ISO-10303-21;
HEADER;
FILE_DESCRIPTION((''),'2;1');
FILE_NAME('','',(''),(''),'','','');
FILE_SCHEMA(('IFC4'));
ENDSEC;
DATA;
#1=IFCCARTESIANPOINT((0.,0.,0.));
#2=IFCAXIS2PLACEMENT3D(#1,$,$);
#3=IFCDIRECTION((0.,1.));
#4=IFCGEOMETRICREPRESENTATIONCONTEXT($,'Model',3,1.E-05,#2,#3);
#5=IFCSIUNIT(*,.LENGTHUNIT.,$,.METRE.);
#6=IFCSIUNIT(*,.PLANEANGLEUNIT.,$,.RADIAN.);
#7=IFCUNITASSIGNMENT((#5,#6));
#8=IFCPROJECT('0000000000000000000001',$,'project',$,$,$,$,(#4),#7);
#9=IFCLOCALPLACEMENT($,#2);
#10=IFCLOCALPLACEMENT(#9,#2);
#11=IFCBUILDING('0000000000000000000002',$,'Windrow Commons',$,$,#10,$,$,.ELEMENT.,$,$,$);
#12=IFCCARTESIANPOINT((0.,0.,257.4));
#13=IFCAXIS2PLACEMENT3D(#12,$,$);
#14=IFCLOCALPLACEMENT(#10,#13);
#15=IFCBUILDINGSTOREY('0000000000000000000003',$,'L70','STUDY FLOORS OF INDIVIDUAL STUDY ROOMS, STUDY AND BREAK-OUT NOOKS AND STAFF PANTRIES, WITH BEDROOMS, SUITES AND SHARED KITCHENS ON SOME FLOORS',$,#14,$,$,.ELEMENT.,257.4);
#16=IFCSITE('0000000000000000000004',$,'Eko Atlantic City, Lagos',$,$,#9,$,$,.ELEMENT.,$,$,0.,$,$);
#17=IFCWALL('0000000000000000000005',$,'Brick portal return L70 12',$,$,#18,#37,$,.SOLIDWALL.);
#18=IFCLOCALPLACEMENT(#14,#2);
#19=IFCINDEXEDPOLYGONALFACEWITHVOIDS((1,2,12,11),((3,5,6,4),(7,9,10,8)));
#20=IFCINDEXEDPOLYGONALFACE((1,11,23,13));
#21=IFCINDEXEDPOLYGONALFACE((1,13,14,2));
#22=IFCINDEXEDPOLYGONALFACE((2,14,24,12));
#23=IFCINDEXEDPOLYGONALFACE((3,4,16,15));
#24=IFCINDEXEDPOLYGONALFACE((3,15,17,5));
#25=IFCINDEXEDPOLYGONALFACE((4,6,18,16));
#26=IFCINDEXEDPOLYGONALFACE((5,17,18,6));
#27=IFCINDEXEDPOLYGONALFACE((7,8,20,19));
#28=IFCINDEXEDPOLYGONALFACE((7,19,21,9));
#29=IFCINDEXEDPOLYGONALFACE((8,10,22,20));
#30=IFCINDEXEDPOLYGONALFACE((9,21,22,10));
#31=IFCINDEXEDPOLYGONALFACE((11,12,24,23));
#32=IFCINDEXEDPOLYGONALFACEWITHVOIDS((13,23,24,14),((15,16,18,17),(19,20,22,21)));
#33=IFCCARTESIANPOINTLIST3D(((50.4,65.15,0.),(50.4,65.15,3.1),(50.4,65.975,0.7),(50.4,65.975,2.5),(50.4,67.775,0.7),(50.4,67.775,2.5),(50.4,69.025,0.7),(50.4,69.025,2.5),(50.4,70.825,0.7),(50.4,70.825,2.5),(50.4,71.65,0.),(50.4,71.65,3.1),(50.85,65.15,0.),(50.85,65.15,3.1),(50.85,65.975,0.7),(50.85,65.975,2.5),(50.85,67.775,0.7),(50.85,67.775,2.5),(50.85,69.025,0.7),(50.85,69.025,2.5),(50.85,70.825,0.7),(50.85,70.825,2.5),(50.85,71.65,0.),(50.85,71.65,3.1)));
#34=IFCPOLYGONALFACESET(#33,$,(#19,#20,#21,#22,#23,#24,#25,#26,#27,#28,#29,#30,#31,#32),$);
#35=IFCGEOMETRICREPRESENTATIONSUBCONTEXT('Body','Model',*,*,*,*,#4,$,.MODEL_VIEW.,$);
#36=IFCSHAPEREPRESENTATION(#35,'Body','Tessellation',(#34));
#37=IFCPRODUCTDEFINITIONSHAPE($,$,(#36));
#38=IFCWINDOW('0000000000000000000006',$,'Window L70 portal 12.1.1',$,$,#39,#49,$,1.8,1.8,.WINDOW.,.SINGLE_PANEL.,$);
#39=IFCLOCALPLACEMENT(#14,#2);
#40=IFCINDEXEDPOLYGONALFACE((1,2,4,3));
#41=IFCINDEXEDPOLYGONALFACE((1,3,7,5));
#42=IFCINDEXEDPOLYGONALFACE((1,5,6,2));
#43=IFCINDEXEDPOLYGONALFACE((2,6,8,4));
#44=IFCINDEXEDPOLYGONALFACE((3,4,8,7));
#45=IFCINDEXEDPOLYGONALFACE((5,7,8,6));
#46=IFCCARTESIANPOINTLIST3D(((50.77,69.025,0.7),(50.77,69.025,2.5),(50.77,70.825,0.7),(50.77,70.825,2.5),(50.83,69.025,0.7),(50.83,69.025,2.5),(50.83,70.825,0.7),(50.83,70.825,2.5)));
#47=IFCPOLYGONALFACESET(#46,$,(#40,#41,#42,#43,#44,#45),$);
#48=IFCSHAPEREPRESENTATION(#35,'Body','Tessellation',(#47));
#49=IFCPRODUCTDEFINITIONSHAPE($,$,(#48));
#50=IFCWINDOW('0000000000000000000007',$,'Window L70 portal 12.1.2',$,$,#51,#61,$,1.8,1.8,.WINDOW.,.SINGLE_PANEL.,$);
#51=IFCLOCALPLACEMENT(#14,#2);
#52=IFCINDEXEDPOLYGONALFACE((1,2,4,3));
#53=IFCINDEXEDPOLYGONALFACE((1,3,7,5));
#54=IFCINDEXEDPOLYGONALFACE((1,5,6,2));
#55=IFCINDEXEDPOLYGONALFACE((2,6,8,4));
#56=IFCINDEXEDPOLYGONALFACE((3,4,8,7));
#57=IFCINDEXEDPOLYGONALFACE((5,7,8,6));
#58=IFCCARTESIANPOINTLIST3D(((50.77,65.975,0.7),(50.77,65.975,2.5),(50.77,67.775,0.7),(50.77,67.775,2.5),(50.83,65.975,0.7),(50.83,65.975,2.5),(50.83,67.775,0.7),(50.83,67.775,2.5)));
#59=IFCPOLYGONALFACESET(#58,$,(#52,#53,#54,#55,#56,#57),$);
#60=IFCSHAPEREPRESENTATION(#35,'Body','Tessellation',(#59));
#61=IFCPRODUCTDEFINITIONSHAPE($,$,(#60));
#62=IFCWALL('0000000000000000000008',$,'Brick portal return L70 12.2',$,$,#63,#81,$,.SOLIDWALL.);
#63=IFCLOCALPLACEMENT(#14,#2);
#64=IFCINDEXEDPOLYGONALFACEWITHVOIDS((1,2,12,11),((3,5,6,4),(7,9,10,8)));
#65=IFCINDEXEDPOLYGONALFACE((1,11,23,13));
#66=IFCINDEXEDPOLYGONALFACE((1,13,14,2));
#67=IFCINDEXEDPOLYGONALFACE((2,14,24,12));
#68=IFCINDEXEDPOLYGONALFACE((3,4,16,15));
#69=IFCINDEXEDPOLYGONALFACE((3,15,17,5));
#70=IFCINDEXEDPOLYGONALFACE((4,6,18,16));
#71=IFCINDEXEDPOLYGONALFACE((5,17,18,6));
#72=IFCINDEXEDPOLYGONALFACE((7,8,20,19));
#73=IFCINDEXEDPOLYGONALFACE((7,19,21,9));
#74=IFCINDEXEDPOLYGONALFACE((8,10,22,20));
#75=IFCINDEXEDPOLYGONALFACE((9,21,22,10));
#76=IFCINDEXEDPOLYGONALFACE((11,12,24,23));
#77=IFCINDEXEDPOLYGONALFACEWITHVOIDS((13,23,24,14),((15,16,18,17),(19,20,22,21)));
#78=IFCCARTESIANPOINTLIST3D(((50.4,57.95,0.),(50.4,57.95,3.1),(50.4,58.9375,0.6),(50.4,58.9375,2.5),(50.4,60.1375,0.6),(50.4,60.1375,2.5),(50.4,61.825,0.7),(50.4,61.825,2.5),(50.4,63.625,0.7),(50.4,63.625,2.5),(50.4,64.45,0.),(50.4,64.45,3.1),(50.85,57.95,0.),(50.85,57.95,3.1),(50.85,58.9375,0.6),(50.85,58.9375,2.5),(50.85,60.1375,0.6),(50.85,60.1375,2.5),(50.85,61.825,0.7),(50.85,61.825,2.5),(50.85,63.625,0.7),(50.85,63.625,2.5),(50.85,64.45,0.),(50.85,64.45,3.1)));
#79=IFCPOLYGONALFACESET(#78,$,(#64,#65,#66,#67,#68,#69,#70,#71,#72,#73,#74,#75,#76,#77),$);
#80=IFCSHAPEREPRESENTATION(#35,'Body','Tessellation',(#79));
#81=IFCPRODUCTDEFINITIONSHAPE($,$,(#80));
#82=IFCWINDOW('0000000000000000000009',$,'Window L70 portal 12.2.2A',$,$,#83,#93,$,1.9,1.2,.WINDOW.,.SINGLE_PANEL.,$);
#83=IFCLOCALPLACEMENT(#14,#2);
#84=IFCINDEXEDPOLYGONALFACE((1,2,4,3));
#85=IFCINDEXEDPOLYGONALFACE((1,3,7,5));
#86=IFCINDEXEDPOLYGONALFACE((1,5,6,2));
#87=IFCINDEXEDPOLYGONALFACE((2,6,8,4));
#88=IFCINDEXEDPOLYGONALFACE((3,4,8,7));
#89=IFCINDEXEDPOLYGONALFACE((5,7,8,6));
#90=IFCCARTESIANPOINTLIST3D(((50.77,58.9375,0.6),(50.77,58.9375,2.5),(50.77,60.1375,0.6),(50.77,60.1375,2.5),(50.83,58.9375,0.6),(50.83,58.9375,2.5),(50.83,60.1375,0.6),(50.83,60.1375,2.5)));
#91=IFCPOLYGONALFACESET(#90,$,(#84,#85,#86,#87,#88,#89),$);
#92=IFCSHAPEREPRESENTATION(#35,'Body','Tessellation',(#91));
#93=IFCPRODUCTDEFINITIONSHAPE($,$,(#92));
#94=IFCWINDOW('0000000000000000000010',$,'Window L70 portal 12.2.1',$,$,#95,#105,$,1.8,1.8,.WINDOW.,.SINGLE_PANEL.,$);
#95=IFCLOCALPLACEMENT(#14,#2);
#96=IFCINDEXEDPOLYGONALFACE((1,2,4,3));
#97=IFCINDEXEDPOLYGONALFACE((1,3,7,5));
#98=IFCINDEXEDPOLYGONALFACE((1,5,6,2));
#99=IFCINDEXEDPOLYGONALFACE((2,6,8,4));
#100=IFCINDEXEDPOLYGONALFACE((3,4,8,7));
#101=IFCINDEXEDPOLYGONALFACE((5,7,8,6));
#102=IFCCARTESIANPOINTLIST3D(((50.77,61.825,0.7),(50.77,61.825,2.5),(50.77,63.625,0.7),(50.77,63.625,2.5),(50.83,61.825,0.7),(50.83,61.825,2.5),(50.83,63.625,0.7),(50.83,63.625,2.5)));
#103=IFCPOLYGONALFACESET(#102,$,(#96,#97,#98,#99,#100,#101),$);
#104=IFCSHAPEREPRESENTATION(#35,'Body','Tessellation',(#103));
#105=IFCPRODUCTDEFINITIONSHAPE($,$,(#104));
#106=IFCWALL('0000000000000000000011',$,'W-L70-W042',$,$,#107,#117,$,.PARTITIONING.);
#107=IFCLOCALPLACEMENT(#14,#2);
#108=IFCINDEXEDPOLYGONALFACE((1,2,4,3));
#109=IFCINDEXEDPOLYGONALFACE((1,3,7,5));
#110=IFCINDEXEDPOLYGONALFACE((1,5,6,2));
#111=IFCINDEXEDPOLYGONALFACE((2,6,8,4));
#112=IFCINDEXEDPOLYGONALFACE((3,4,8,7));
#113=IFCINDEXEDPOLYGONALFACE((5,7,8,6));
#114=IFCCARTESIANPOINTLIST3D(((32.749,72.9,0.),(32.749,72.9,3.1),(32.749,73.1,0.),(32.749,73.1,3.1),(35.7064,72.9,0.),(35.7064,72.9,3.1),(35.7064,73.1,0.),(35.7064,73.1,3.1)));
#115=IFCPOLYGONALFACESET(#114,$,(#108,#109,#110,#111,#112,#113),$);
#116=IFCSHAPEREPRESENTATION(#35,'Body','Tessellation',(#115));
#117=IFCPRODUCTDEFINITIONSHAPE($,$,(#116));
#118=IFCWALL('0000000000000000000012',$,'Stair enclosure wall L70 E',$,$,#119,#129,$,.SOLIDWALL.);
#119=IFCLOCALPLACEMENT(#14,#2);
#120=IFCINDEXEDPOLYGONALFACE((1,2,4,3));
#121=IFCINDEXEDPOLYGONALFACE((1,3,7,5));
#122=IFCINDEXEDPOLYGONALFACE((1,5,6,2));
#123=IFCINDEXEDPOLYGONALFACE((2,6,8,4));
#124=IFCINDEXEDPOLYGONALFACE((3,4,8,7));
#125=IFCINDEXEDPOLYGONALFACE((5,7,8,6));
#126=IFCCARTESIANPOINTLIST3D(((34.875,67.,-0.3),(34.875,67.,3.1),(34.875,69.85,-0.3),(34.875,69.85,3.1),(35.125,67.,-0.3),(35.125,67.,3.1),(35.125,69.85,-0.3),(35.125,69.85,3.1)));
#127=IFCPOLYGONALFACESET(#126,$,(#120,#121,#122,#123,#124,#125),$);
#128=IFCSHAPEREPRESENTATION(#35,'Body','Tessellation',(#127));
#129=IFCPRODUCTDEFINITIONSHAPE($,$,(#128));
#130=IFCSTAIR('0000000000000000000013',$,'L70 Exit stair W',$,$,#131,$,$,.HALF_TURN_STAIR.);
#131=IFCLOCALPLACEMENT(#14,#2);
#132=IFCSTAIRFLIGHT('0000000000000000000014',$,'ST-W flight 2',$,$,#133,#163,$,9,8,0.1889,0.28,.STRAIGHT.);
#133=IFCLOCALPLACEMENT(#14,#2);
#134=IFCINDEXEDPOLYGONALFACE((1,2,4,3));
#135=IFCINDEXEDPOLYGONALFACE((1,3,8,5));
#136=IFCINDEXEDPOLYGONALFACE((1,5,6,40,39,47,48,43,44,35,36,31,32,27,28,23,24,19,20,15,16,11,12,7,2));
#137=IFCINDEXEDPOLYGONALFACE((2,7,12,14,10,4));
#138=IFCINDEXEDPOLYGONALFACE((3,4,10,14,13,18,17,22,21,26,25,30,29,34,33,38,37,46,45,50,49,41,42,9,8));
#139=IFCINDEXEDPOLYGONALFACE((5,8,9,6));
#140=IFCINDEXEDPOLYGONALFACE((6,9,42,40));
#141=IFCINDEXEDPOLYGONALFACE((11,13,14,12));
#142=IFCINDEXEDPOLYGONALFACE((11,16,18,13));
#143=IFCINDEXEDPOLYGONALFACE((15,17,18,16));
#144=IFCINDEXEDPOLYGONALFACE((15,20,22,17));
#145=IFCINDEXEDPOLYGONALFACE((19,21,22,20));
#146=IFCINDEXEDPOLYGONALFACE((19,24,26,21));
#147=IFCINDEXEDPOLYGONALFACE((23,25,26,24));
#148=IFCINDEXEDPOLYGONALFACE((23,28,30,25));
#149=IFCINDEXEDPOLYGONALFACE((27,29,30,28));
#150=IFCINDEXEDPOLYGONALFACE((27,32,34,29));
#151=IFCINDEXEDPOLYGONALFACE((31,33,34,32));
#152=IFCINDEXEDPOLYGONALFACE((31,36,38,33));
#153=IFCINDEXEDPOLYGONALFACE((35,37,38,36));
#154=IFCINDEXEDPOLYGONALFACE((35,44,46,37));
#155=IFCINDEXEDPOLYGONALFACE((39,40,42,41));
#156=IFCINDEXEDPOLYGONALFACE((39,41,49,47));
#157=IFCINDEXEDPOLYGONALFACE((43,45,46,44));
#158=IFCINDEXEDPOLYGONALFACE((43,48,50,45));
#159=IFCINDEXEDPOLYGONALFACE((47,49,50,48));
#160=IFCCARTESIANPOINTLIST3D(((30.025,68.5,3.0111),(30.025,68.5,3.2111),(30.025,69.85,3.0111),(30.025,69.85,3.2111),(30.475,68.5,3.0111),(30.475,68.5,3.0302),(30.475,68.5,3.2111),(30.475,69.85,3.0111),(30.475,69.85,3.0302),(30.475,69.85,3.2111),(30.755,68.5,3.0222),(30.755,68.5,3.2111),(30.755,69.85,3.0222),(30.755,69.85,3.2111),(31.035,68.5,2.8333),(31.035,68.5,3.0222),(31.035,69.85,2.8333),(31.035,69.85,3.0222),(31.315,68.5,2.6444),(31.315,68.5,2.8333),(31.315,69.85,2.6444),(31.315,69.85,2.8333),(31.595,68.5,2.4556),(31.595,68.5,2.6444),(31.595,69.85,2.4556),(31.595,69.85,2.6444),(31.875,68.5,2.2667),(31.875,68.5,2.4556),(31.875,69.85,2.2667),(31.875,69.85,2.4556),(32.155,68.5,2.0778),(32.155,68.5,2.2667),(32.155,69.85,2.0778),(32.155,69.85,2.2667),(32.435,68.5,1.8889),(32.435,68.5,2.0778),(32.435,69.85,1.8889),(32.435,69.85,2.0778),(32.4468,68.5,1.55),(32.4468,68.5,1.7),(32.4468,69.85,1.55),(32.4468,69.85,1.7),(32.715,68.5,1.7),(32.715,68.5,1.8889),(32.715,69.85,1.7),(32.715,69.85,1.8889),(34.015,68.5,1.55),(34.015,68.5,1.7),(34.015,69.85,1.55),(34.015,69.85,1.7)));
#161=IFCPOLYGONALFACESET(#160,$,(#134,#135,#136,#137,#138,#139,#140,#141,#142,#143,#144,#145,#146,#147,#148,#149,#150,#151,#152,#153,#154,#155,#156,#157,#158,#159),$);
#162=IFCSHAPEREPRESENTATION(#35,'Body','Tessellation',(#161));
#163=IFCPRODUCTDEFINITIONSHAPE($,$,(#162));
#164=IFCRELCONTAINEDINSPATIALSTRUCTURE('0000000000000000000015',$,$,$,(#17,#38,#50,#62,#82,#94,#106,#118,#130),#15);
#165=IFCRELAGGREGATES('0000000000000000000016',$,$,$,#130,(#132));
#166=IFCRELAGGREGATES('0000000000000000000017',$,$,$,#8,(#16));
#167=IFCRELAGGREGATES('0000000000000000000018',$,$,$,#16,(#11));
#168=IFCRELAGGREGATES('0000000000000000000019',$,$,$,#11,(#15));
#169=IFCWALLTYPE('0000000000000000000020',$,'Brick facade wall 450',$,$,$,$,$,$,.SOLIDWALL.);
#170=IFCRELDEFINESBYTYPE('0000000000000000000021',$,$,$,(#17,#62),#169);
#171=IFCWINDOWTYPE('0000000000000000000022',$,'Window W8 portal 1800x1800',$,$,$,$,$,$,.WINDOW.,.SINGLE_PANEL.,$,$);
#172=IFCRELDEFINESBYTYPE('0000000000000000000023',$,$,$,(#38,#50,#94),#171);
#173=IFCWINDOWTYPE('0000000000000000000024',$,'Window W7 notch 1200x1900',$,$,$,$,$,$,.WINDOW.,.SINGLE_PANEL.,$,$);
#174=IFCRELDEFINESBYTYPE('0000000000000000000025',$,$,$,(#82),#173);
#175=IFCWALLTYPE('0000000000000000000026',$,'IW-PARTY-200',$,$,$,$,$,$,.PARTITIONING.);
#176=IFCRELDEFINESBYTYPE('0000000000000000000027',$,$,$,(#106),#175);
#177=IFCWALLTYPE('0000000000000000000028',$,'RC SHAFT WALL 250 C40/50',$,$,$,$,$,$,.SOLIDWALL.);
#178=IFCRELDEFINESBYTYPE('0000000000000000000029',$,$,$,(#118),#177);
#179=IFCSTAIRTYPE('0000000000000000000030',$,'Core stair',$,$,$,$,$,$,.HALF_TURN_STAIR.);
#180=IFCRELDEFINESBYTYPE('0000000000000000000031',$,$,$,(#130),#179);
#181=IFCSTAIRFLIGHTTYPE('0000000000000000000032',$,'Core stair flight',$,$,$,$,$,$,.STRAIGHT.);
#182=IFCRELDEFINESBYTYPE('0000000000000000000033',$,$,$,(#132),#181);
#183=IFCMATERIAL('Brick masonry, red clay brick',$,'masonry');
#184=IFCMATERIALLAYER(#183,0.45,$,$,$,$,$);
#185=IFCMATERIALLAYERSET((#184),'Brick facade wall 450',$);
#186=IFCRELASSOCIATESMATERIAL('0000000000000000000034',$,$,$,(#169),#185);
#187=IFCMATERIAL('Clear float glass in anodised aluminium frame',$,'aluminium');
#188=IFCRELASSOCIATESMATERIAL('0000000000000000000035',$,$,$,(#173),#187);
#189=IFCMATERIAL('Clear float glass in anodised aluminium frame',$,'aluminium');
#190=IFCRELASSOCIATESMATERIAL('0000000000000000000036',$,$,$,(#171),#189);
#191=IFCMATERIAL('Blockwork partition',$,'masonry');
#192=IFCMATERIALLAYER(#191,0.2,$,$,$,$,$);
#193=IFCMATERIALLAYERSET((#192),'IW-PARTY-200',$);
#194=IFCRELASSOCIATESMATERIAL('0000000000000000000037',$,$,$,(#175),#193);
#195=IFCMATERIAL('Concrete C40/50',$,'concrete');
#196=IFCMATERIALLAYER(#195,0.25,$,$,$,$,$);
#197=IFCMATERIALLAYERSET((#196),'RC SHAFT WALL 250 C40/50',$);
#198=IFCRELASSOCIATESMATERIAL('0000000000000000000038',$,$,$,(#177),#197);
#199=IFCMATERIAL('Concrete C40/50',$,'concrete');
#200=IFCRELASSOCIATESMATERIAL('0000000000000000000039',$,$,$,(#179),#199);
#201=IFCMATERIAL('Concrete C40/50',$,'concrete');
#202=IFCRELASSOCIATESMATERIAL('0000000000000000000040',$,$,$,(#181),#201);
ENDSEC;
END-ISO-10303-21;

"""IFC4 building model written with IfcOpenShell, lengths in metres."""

from ifc_helpers import new_model, si_unit, direction, frame, frame_2d, origin, place, context, subcontext, project, spatial, polyline, rectangle, outline, extrude, material, layer, layer_set, type_object, element, fill, aggregate, save


model = new_model("IFC4")

# Units and contexts
model_context = context("Model", 3, precision=1e-05, world=origin(), true_north=direction((0.0, 1.0)))
body_context = subcontext(model_context, "Body", "Model", "MODEL_VIEW")
ifc_project = project(units=[si_unit("LENGTHUNIT", "METRE"), si_unit("PLANEANGLEUNIT", "RADIAN")], contexts=[model_context])

# Site, building, storey
site_placement = place(None, origin())
site = spatial("IfcSite", under=ifc_project, at=site_placement, Name="Eko Atlantic City, Lagos", CompositionType="ELEMENT", RefElevation=0.0)
building_placement = place(site_placement, origin())
building = spatial("IfcBuilding", under=site, at=building_placement, Name="Windrow Commons", CompositionType="ELEMENT")
storey_placement = place(building_placement, frame((0.0, 0.0, 257.4)))
storey = spatial("IfcBuildingStorey", under=building, at=storey_placement, Name="L70", Description="STUDY FLOORS OF INDIVIDUAL STUDY ROOMS, STUDY AND BREAK-OUT NOOKS AND STAFF PANTRIES, WITH BEDROOMS, SUITES AND SHARED KITCHENS ON SOME FLOORS", CompositionType="ELEMENT", Elevation=257.4)

# Shared definitions
ifc_material_1 = material(Name="Brick masonry, red clay brick", Category="masonry")
ifc_layer_1 = layer(ifc_material_1, 0.45)
ifc_layer_set_1 = layer_set([ifc_layer_1], Name="Brick facade wall 450")
wall_type_1 = type_object("IfcWallType", Name="Brick facade wall 450", PredefinedType="SOLIDWALL", material=ifc_layer_set_1)

# Walls, openings, windows
ifc_material_2 = material(Name="Clear float glass in anodised aluminium frame", Category="aluminium")
window_type_1 = type_object("IfcWindowType", Name="Window W7 notch 1200x1900", PartitioningType="SINGLE_PANEL", PredefinedType="WINDOW", material=ifc_material_2)
ifc_material_3 = material(Name="Clear float glass in anodised aluminium frame", Category="aluminium")
window_type_2 = type_object("IfcWindowType", Name="Window W8 portal 1800x1800", PartitioningType="SINGLE_PANEL", PredefinedType="WINDOW", material=ifc_material_3)
wall_1_placement = place(storey_placement, frame((50.625, 71.65, 0.0), z_axis=(0.0, 0.0, 1.0), x_axis=(0.0, -1.0, 0.0)))
wall_1 = element("IfcWall", 1, at=wall_1_placement, inside=storey, type_object=wall_type_1, Name="Brick portal return L70 12", PredefinedType="SOLIDWALL", context=body_context, shape_type="SweptSolid", body=[
    extrude(rectangle(XDim=6.5, YDim=0.45, at=frame_2d((3.25, 0.0))), origin(), (0.0, 0.0, 1.0), 3.1),
])
opening_1_placement = place(wall_1_placement, frame((0.825, 0.0, 0.7)))
opening_1 = element("IfcOpeningElement", 2, at=opening_1_placement, cuts=wall_1, PredefinedType="OPENING", context=body_context, shape_type="SweptSolid", body=[
    extrude(rectangle(XDim=1.8, YDim=1.8, at=frame_2d((0.9, 0.9))), frame((0.0, 0.235, 0.0), z_axis=(0.0, -1.0, 0.0), x_axis=(1.0, 0.0, 0.0)), (0.0, 0.0, 1.0), 0.47),
])
opening_2_placement = place(wall_1_placement, frame((3.875, 0.0, 0.7)))
opening_2 = element("IfcOpeningElement", 3, at=opening_2_placement, cuts=wall_1, PredefinedType="OPENING", context=body_context, shape_type="SweptSolid", body=[
    extrude(rectangle(XDim=1.8, YDim=1.8, at=frame_2d((0.9, 0.9))), frame((0.0, 0.235, 0.0), z_axis=(0.0, -1.0, 0.0), x_axis=(1.0, 0.0, 0.0)), (0.0, 0.0, 1.0), 0.47),
])
window_1_placement = place(opening_1_placement, origin())
window_1 = element("IfcWindow", 4, at=window_1_placement, inside=storey, type_object=window_type_2, Name="Window L70 portal 12.1.1", OverallHeight=1.8, OverallWidth=1.8, PartitioningType="SINGLE_PANEL", PredefinedType="WINDOW", context=body_context, shape_type="SweptSolid", body=[
    extrude(rectangle(XDim=1.8, YDim=1.8, at=frame_2d((0.9, 0.9))), frame((0.0, 0.205, 0.0), z_axis=(0.0, -1.0, 0.0), x_axis=(1.0, 0.0, 0.0)), (0.0, 0.0, 1.0), 0.06),
])
fill(opening_1, window_1)
window_2_placement = place(opening_2_placement, origin())
window_2 = element("IfcWindow", 5, at=window_2_placement, inside=storey, type_object=window_type_2, Name="Window L70 portal 12.1.2", OverallHeight=1.8, OverallWidth=1.8, PartitioningType="SINGLE_PANEL", PredefinedType="WINDOW", context=body_context, shape_type="SweptSolid", body=[
    extrude(rectangle(XDim=1.8, YDim=1.8, at=frame_2d((0.9, 0.9))), frame((0.0, 0.205, 0.0), z_axis=(0.0, -1.0, 0.0), x_axis=(1.0, 0.0, 0.0)), (0.0, 0.0, 1.0), 0.06),
])
fill(opening_2, window_2)
wall_2_placement = place(storey_placement, frame((50.625, 64.45, 0.0), z_axis=(0.0, 0.0, 1.0), x_axis=(0.0, -1.0, 0.0)))
wall_2 = element("IfcWall", 6, at=wall_2_placement, inside=storey, type_object=wall_type_1, Name="Brick portal return L70 12.2", PredefinedType="SOLIDWALL", context=body_context, shape_type="SweptSolid", body=[
    extrude(rectangle(XDim=6.5, YDim=0.45, at=frame_2d((3.25, 0.0))), origin(), (0.0, 0.0, 1.0), 3.1),
])
opening_3_placement = place(wall_2_placement, frame((0.825, 0.0, 0.7)))
opening_3 = element("IfcOpeningElement", 7, at=opening_3_placement, cuts=wall_2, PredefinedType="OPENING", context=body_context, shape_type="SweptSolid", body=[
    extrude(rectangle(XDim=1.8, YDim=1.8, at=frame_2d((0.9, 0.9))), frame((0.0, 0.235, 0.0), z_axis=(0.0, -1.0, 0.0), x_axis=(1.0, 0.0, 0.0)), (0.0, 0.0, 1.0), 0.47),
])
opening_4_placement = place(wall_2_placement, frame((4.3125, 0.0, 0.6)))
opening_4 = element("IfcOpeningElement", 8, at=opening_4_placement, cuts=wall_2, PredefinedType="OPENING", context=body_context, shape_type="SweptSolid", body=[
    extrude(rectangle(XDim=1.2, YDim=1.9, at=frame_2d((0.6, 0.95))), frame((0.0, 0.235, 0.0), z_axis=(0.0, -1.0, 0.0), x_axis=(1.0, 0.0, 0.0)), (0.0, 0.0, 1.0), 0.47),
])
window_3_placement = place(opening_4_placement, origin())
window_3 = element("IfcWindow", 9, at=window_3_placement, inside=storey, type_object=window_type_1, Name="Window L70 portal 12.2.2A", OverallHeight=1.9, OverallWidth=1.2, PartitioningType="SINGLE_PANEL", PredefinedType="WINDOW", context=body_context, shape_type="SweptSolid", body=[
    extrude(rectangle(XDim=1.2, YDim=1.9, at=frame_2d((0.6, 0.95))), frame((0.0, 0.205, 0.0), z_axis=(0.0, -1.0, 0.0), x_axis=(1.0, 0.0, 0.0)), (0.0, 0.0, 1.0), 0.06),
])
fill(opening_4, window_3)
window_4_placement = place(opening_3_placement, origin())
window_4 = element("IfcWindow", 10, at=window_4_placement, inside=storey, type_object=window_type_2, Name="Window L70 portal 12.2.1", OverallHeight=1.8, OverallWidth=1.8, PartitioningType="SINGLE_PANEL", PredefinedType="WINDOW", context=body_context, shape_type="SweptSolid", body=[
    extrude(rectangle(XDim=1.8, YDim=1.8, at=frame_2d((0.9, 0.9))), frame((0.0, 0.205, 0.0), z_axis=(0.0, -1.0, 0.0), x_axis=(1.0, 0.0, 0.0)), (0.0, 0.0, 1.0), 0.06),
])
fill(opening_3, window_4)

# Walls
ifc_material_4 = material(Name="Blockwork partition", Category="masonry")
ifc_layer_2 = layer(ifc_material_4, 0.2)
ifc_layer_set_2 = layer_set([ifc_layer_2], Name="IW-PARTY-200")
wall_type_2 = type_object("IfcWallType", Name="IW-PARTY-200", PredefinedType="PARTITIONING", material=ifc_layer_set_2)
wall_3_placement = place(storey_placement, frame((32.749, 73.0, 0.0), z_axis=(0.0, 0.0, 1.0), x_axis=(1.0, 0.0, 0.0)))
element("IfcWall", 11, at=wall_3_placement, inside=storey, type_object=wall_type_2, Name="W-L70-W042", PredefinedType="PARTITIONING", context=body_context, shape_type="SweptSolid", body=[
    extrude(rectangle(XDim=2.9574, YDim=0.2, at=frame_2d((1.4787, 0.0))), origin(), (0.0, 0.0, 1.0), 3.1),
])
ifc_material_5 = material(Name="Concrete C40/50", Category="concrete")
ifc_layer_3 = layer(ifc_material_5, 0.25)
ifc_layer_set_3 = layer_set([ifc_layer_3], Name="RC SHAFT WALL 250 C40/50")
wall_type_3 = type_object("IfcWallType", Name="RC SHAFT WALL 250 C40/50", PredefinedType="SOLIDWALL", material=ifc_layer_set_3)
wall_4_placement = place(storey_placement, frame((35.0, 67.0, -0.3), z_axis=(0.0, 0.0, 1.0), x_axis=(0.0, 1.0, 0.0)))
element("IfcWall", 12, at=wall_4_placement, inside=storey, type_object=wall_type_3, Name="Stair enclosure wall L70 E", PredefinedType="SOLIDWALL", context=body_context, shape_type="SweptSolid", body=[
    extrude(rectangle(XDim=2.85, YDim=0.25, at=frame_2d((1.425, 0.0))), origin(), (0.0, 0.0, 1.0), 3.4),
])

# Stair, stair flight
ifc_material_6 = material(Name="Concrete C40/50", Category="concrete")
stair_type = type_object("IfcStairType", Name="Core stair", PredefinedType="HALF_TURN_STAIR", material=ifc_material_6)
stair_placement = place(storey_placement, origin())
stair = element("IfcStair", 13, at=stair_placement, inside=storey, type_object=stair_type, Name="L70 Exit stair W", PredefinedType="HALF_TURN_STAIR")
ifc_material_7 = material(Name="Concrete C40/50", Category="concrete")
stair_flight_type = type_object("IfcStairFlightType", Name="Core stair flight", PredefinedType="STRAIGHT", material=ifc_material_7)
stair_flight_placement = place(storey_placement, frame((32.715, 69.175, 1.7), z_axis=(0.0, 0.0, 1.0), x_axis=(-1.0, 0.0, 0.0)))
stair_flight = element("IfcStairFlight", 14, at=stair_flight_placement, type_object=stair_flight_type, Name="ST-W flight 2", NumberOfRisers=9, NumberOfTreads=8, PredefinedType="STRAIGHT", RiserHeight=0.1889, TreadLength=0.28, context=body_context, shape_type="SweptSolid", body=[
    extrude(outline(polyline([(-1.3, -0.15), (-1.3, 0.0), (0.0, 0.0), (0.0, 0.1889), (0.28, 0.1889), (0.28, 0.3778), (0.56, 0.3778), (0.56, 0.5667), (0.84, 0.5667), (0.84, 0.7556), (1.12, 0.7556), (1.12, 0.9444), (1.4, 0.9444), (1.4, 1.1333), (1.68, 1.1333), (1.68, 1.3222), (1.96, 1.3222), (1.96, 1.5111), (2.24, 1.5111), (2.69, 1.5111), (2.69, 1.3111), (2.24, 1.3111), (2.24, 1.3302), (0.2682, 0.0), (0.2682, -0.15), (-1.3, -0.15)])), frame((0.0, 0.675, 0.0), z_axis=(0.0, -1.0, 0.0), x_axis=(1.0, 0.0, 0.0)), (0.0, 0.0, 1.0), 1.35),
])
aggregate(stair, [stair_flight])

save(model, "model.ifc")
